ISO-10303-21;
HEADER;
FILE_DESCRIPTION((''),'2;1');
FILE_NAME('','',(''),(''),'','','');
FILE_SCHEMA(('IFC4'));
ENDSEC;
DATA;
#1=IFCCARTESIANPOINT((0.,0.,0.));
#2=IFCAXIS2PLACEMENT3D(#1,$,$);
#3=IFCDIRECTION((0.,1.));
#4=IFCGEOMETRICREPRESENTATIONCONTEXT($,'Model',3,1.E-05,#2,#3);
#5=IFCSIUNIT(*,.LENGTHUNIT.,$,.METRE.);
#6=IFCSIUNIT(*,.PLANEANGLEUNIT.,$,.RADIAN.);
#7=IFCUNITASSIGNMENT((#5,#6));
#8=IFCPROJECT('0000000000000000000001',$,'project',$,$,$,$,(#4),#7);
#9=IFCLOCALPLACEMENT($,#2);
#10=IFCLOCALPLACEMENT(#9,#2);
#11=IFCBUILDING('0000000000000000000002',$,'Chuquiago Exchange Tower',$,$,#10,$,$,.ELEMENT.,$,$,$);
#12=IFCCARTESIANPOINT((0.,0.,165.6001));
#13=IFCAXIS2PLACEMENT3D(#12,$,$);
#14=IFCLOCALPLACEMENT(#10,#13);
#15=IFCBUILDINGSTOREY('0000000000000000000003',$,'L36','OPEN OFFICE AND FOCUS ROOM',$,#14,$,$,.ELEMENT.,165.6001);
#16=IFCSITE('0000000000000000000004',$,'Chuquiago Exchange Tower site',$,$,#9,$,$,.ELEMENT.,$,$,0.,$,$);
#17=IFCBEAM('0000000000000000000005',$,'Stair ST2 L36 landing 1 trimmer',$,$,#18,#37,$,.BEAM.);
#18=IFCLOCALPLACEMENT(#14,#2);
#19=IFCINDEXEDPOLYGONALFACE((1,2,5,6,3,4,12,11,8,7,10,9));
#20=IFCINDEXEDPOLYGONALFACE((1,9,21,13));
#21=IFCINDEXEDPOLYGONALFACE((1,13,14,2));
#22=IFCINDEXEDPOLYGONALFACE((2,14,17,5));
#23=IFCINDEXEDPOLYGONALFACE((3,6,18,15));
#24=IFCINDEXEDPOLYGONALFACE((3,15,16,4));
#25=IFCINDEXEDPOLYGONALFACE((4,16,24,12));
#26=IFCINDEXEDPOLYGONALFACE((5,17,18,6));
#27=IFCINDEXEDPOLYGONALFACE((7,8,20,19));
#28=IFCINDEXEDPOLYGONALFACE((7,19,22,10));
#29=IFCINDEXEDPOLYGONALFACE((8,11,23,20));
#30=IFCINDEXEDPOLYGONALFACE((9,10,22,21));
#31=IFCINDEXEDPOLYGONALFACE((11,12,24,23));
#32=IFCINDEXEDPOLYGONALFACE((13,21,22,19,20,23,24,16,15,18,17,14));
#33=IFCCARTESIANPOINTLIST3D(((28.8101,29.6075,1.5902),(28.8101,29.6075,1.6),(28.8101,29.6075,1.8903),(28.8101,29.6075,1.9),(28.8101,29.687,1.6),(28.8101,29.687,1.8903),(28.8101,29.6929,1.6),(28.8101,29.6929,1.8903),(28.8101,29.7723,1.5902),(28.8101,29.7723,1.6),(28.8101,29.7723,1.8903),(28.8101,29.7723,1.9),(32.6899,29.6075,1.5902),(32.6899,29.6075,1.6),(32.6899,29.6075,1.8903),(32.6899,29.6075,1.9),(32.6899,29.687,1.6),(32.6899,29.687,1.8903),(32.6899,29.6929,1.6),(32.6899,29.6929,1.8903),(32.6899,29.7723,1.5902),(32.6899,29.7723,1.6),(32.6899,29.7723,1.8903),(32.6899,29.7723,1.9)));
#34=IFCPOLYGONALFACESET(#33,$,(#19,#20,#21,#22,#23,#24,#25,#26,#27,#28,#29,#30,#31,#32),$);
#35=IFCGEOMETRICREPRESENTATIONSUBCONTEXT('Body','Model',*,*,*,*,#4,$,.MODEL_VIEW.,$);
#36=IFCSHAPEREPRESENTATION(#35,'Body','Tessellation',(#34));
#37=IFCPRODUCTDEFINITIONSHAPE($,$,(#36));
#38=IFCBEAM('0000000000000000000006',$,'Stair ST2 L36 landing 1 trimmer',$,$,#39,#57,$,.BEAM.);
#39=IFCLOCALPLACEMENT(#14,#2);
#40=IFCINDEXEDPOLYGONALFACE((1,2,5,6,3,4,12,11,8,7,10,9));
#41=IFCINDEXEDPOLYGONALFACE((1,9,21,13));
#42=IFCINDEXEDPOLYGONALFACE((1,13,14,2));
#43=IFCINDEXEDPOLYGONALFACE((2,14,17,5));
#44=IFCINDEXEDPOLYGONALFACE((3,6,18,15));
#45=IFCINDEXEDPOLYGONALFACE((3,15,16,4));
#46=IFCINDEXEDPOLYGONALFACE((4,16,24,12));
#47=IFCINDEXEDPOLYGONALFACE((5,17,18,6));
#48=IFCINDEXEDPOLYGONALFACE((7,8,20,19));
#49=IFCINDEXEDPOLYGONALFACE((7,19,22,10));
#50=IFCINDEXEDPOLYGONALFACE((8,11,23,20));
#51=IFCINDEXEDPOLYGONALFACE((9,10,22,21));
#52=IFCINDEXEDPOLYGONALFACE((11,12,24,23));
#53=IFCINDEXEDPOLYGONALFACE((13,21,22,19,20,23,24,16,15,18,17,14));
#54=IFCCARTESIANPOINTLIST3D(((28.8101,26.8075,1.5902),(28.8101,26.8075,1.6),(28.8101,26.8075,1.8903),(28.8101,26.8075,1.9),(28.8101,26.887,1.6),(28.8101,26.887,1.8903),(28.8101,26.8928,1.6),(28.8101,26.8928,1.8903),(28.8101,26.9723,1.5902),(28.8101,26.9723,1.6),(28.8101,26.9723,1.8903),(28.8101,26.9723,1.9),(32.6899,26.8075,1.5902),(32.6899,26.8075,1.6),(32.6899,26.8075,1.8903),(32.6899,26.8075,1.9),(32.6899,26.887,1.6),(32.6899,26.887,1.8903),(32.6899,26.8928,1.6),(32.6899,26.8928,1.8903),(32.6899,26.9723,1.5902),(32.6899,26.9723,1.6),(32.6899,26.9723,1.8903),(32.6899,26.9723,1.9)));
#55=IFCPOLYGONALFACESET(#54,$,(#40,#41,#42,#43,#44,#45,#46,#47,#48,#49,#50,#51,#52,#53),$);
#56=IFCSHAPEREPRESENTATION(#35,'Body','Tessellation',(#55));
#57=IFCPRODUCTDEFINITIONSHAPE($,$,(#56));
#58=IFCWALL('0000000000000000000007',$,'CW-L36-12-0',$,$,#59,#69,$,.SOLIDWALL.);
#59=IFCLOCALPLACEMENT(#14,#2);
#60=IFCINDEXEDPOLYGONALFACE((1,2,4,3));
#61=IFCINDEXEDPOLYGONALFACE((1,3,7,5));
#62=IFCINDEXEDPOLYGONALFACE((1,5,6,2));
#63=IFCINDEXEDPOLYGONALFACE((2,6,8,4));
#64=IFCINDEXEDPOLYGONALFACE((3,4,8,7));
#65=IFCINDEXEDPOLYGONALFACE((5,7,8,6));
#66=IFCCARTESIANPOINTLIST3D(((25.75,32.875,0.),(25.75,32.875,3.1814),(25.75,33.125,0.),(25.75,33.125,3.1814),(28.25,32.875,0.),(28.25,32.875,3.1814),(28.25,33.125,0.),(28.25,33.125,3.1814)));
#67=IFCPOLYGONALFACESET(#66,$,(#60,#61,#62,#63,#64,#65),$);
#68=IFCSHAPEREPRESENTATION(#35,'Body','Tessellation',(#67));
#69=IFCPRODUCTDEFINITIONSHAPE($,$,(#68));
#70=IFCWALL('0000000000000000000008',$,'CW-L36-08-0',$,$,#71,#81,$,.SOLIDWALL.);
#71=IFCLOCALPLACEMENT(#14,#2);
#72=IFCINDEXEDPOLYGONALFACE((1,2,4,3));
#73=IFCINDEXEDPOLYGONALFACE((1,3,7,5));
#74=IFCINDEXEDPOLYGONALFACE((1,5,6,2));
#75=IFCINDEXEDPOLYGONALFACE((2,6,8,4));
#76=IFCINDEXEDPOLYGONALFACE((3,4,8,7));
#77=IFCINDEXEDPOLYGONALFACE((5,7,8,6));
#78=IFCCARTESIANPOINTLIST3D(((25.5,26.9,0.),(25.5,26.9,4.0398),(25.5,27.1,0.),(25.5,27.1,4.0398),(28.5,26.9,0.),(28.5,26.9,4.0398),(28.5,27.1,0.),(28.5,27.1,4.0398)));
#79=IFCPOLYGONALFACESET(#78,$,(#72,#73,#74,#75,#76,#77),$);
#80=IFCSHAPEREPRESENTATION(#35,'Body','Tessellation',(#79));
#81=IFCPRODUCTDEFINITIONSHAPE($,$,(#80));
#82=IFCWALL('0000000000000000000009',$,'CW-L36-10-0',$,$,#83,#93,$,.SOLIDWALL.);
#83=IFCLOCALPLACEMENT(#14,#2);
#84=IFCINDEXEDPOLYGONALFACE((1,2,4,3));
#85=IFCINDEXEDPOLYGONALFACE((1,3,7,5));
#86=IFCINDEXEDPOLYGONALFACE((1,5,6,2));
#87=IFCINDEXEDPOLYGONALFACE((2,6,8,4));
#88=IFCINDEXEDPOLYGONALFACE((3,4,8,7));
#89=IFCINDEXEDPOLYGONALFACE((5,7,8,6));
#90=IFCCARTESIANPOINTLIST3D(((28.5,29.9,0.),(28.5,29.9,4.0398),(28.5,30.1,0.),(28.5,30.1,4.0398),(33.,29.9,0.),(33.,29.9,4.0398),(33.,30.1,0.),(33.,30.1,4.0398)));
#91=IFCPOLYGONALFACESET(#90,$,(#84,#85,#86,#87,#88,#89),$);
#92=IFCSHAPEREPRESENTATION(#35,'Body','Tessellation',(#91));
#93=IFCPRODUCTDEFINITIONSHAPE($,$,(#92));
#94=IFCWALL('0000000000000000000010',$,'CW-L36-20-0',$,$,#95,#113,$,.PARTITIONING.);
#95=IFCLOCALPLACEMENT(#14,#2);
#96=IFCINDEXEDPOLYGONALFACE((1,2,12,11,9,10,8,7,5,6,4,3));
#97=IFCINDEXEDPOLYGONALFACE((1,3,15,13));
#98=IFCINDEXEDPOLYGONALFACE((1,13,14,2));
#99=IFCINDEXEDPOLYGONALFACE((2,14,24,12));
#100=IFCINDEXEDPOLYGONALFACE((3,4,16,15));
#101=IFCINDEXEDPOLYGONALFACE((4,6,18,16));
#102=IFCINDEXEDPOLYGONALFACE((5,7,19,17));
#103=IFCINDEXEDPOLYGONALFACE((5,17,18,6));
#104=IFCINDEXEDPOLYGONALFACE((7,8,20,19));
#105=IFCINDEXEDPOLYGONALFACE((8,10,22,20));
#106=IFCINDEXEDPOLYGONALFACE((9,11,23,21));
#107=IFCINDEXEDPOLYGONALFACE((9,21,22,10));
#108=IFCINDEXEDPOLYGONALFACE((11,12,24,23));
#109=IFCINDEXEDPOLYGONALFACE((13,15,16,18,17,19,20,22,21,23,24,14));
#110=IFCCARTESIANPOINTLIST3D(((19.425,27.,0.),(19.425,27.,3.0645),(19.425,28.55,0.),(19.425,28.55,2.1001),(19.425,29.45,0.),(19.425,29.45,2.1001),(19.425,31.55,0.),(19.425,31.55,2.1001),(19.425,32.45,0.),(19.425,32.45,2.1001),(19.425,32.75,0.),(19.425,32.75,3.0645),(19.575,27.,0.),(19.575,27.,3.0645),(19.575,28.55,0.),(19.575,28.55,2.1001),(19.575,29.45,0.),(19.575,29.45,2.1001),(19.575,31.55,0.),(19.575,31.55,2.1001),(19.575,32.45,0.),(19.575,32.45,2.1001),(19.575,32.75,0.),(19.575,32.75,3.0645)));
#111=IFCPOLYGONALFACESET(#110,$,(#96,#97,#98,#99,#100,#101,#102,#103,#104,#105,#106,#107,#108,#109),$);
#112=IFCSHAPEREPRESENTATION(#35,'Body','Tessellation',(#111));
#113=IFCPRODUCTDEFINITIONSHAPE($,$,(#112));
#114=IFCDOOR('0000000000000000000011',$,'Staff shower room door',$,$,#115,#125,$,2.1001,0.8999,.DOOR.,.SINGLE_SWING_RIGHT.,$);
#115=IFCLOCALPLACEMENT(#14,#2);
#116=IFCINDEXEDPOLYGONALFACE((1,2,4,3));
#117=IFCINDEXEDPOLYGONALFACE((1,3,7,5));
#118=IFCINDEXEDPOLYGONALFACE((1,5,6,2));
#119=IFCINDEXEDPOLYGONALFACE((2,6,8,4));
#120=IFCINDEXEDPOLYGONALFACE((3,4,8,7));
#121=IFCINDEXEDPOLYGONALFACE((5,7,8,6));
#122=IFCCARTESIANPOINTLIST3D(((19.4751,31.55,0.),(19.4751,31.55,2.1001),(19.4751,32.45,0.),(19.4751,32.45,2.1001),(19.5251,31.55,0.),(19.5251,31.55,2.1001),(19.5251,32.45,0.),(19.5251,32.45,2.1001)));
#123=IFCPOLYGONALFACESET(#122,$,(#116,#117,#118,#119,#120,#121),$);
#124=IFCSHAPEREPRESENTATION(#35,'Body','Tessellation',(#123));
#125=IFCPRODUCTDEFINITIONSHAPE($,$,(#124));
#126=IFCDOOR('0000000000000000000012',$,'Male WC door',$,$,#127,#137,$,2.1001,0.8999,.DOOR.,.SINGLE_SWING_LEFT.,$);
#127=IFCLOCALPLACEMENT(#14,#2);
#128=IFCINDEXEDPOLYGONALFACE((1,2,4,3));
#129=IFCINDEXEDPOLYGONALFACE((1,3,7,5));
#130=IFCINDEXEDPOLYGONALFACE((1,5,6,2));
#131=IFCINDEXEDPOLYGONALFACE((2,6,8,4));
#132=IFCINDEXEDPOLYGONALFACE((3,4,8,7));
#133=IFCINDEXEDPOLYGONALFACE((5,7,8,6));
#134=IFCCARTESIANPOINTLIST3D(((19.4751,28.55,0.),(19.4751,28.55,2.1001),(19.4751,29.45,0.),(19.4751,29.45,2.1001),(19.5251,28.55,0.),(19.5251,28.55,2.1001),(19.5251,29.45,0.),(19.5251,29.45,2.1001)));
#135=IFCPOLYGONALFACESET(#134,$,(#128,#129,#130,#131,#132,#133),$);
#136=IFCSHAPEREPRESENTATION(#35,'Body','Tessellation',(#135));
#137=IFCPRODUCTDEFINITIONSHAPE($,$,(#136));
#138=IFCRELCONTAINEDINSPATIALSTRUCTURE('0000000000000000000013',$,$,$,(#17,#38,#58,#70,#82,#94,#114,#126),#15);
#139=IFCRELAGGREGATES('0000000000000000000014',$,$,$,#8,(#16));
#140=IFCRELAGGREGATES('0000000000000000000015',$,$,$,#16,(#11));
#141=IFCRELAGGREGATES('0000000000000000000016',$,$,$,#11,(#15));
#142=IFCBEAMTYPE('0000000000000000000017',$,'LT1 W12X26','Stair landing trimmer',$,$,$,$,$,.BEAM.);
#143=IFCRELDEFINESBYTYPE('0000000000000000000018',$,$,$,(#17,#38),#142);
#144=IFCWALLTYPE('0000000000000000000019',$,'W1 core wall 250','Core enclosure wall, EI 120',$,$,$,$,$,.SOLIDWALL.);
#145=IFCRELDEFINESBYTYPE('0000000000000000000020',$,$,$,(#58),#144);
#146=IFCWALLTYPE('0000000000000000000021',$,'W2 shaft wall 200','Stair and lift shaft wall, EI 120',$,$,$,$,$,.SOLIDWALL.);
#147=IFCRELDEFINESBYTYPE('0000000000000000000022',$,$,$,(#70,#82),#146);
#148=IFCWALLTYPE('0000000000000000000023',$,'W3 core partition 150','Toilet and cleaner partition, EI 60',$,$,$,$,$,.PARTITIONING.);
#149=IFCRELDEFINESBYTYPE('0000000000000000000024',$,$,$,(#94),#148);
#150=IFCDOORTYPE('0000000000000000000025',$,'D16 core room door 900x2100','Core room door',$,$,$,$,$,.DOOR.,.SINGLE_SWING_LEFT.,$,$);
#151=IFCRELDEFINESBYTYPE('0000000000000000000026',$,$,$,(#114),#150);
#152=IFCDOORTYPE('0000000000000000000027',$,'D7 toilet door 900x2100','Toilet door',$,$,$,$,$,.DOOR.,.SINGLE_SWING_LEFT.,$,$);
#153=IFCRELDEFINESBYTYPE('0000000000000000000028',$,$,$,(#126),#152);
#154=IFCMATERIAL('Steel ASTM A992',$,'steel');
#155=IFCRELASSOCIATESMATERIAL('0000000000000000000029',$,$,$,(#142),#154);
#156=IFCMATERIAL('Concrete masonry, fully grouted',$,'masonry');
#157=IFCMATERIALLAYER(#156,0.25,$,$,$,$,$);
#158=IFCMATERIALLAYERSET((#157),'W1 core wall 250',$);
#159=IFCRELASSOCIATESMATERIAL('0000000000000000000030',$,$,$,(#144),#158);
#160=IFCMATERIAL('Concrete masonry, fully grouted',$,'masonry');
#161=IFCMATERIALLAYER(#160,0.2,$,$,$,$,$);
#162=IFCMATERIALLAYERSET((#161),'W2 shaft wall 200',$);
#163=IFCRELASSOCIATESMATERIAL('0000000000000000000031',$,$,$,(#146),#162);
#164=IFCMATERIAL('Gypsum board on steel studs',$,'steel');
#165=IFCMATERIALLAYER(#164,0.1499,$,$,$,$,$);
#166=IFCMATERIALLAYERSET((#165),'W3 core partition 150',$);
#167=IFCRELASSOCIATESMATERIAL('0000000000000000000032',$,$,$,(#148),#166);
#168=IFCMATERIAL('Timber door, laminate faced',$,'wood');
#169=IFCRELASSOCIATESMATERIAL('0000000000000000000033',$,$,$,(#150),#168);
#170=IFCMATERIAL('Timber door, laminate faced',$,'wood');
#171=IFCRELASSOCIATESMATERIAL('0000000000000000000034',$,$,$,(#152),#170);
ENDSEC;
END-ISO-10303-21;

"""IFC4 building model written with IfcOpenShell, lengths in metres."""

from ifc_helpers import new_model, si_unit, direction, frame, frame_2d, origin, origin_2d, place, context, subcontext, project, spatial, rectangle, i_section, extrude, material, layer, layer_set, material_profile, profile_set, type_object, element, fill, save


model = new_model("IFC4")

# Units and contexts
model_context = context("Model", 3, precision=1e-05, world=origin(), true_north=direction((0.0, 1.0)))
body_context = subcontext(model_context, "Body", "Model", "MODEL_VIEW")
ifc_project = project(units=[si_unit("LENGTHUNIT", "METRE"), si_unit("PLANEANGLEUNIT", "RADIAN")], contexts=[model_context])

# Site, building, storey
site_placement = place(None, origin())
site = spatial("IfcSite", under=ifc_project, at=site_placement, Name="Chuquiago Exchange Tower site", CompositionType="ELEMENT", RefElevation=0.0)
building_placement = place(site_placement, origin())
building = spatial("IfcBuilding", under=site, at=building_placement, Name="Chuquiago Exchange Tower", CompositionType="ELEMENT")
storey_placement = place(building_placement, frame((0.0, 0.0, 165.6001)))
storey = spatial("IfcBuildingStorey", under=building, at=storey_placement, Name="L36", Description="OPEN OFFICE AND FOCUS ROOM", CompositionType="ELEMENT", Elevation=165.6001)

# Beams
ifc_material_1 = material(Name="Steel ASTM A992", Category="steel")
ifc_material_profile_1 = material_profile(ifc_material_1, i_section(OverallWidth=0.1648, OverallDepth=0.3098, WebThickness=0.0059, FlangeThickness=0.0098, at=origin_2d()), Name="W12X26")
ifc_profile_set_1 = profile_set([ifc_material_profile_1], Name="Steel ASTM A992")
beam_type_1 = type_object("IfcBeamType", Name="LT1 W12X26", Description="Stair landing trimmer", PredefinedType="BEAM", material=ifc_profile_set_1)
for number, where, z_axis, x_axis, name in (
    (1, (28.8101, 29.6899, 1.7451), (1.0, 0.0, 0.0), (0.0, 1.0, 0.0), "Stair ST2 L36 landing 1 trimmer"),
    (2, (28.8101, 26.8899, 1.7451), (1.0, 0.0, 0.0), (0.0, 1.0, 0.0), "Stair ST2 L36 landing 1 trimmer"),
):
    element("IfcBeam", number, at=place(storey_placement, frame(where, z_axis=z_axis, x_axis=x_axis)), inside=storey, type_object=beam_type_1, Name=name, PredefinedType="BEAM", context=body_context, shape_type="SweptSolid", body=[
        extrude(i_section(OverallWidth=0.1648, OverallDepth=0.3098, WebThickness=0.0059, FlangeThickness=0.0098, at=origin_2d()), origin(), (0.0, 0.0, 1.0), 3.8799),
    ])

# Walls
ifc_material_2 = material(Name="Concrete masonry, fully grouted", Category="masonry")
ifc_layer_1 = layer(ifc_material_2, 0.25)
ifc_layer_set_1 = layer_set([ifc_layer_1], Name="W1 core wall 250")
wall_type_1 = type_object("IfcWallType", Name="W1 core wall 250", Description="Core enclosure wall, EI 120", PredefinedType="SOLIDWALL", material=ifc_layer_set_1)
wall_1_placement = place(storey_placement, frame((25.75, 33.0, 0.0), z_axis=(0.0, 0.0, 1.0), x_axis=(1.0, 0.0, 0.0)))
element("IfcWall", 3, at=wall_1_placement, inside=storey, type_object=wall_type_1, Name="CW-L36-12-0", PredefinedType="SOLIDWALL", context=body_context, shape_type="SweptSolid", body=[
    extrude(rectangle(XDim=2.5, YDim=0.25, at=frame_2d((1.25, 0.0))), origin(), (0.0, 0.0, 1.0), 3.1814),
])
ifc_material_3 = material(Name="Concrete masonry, fully grouted", Category="masonry")
ifc_layer_2 = layer(ifc_material_3, 0.2)
ifc_layer_set_2 = layer_set([ifc_layer_2], Name="W2 shaft wall 200")
wall_type_2 = type_object("IfcWallType", Name="W2 shaft wall 200", Description="Stair and lift shaft wall, EI 120", PredefinedType="SOLIDWALL", material=ifc_layer_set_2)
wall_2_placement = place(storey_placement, frame((25.5, 27.0, 0.0), z_axis=(0.0, 0.0, 1.0), x_axis=(1.0, 0.0, 0.0)))
element("IfcWall", 4, at=wall_2_placement, inside=storey, type_object=wall_type_2, Name="CW-L36-08-0", PredefinedType="SOLIDWALL", context=body_context, shape_type="SweptSolid", body=[
    extrude(rectangle(XDim=3.0, YDim=0.2, at=frame_2d((1.5, 0.0))), origin(), (0.0, 0.0, 1.0), 4.0398),
])
wall_3_placement = place(storey_placement, frame((28.5, 30.0, 0.0), z_axis=(0.0, 0.0, 1.0), x_axis=(1.0, 0.0, 0.0)))
element("IfcWall", 5, at=wall_3_placement, inside=storey, type_object=wall_type_2, Name="CW-L36-10-0", PredefinedType="SOLIDWALL", context=body_context, shape_type="SweptSolid", body=[
    extrude(rectangle(XDim=4.5, YDim=0.2, at=frame_2d((2.25, 0.0))), origin(), (0.0, 0.0, 1.0), 4.0398),
])

# Wall, openings, doors
ifc_material_4 = material(Name="Gypsum board on steel studs", Category="steel")
ifc_layer_3 = layer(ifc_material_4, 0.1499)
ifc_layer_set_3 = layer_set([ifc_layer_3], Name="W3 core partition 150")
wall_type_3 = type_object("IfcWallType", Name="W3 core partition 150", Description="Toilet and cleaner partition, EI 60", PredefinedType="PARTITIONING", material=ifc_layer_set_3)
wall_4_placement = place(storey_placement, frame((19.5, 27.0, 0.0), z_axis=(0.0, 0.0, 1.0), x_axis=(0.0, 1.0, 0.0)))
wall_4 = element("IfcWall", 6, at=wall_4_placement, inside=storey, type_object=wall_type_3, Name="CW-L36-20-0", PredefinedType="PARTITIONING", context=body_context, shape_type="SweptSolid", body=[
    extrude(rectangle(XDim=5.75, YDim=0.1499, at=frame_2d((2.875, 0.0))), origin(), (0.0, 0.0, 1.0), 3.0645),
])
opening_1_placement = place(wall_4_placement, frame((1.55, 0.0, 0.0)))
opening_1 = element("IfcOpeningElement", 7, at=opening_1_placement, cuts=wall_4, PredefinedType="OPENING", context=body_context, shape_type="SweptSolid", body=[
    extrude(rectangle(XDim=0.8999, YDim=2.1001, at=frame_2d((0.45, 1.05))), frame((0.0, 0.085, 0.0), z_axis=(0.0, -1.0, 0.0), x_axis=(1.0, 0.0, 0.0)), (0.0, 0.0, 1.0), 0.1699),
])
opening_2_placement = place(wall_4_placement, frame((4.55, 0.0, 0.0)))
opening_2 = element("IfcOpeningElement", 8, at=opening_2_placement, cuts=wall_4, PredefinedType="OPENING", context=body_context, shape_type="SweptSolid", body=[
    extrude(rectangle(XDim=0.8999, YDim=2.1001, at=frame_2d((0.45, 1.05))), frame((0.0, 0.085, 0.0), z_axis=(0.0, -1.0, 0.0), x_axis=(1.0, 0.0, 0.0)), (0.0, 0.0, 1.0), 0.1699),
])
ifc_material_5 = material(Name="Timber door, laminate faced", Category="wood")
door_type_1 = type_object("IfcDoorType", Name="D16 core room door 900x2100", Description="Core room door", OperationType="SINGLE_SWING_LEFT", PredefinedType="DOOR", material=ifc_material_5)
door_1_placement = place(opening_2_placement, origin())
door_1 = element("IfcDoor", 9, at=door_1_placement, inside=storey, type_object=door_type_1, Name="Staff shower room door", OperationType="SINGLE_SWING_RIGHT", OverallHeight=2.1001, OverallWidth=0.8999, PredefinedType="DOOR", context=body_context, shape_type="SweptSolid", body=[
    extrude(rectangle(XDim=0.8999, YDim=2.1001, at=frame_2d((0.45, 1.05))), frame((0.0, 0.0249, 0.0), z_axis=(0.0, -1.0, 0.0), x_axis=(1.0, 0.0, 0.0)), (0.0, 0.0, 1.0), 0.05),
])
fill(opening_2, door_1)
ifc_material_6 = material(Name="Timber door, laminate faced", Category="wood")
door_type_2 = type_object("IfcDoorType", Name="D7 toilet door 900x2100", Description="Toilet door", OperationType="SINGLE_SWING_LEFT", PredefinedType="DOOR", material=ifc_material_6)
door_2_placement = place(opening_1_placement, origin())
door_2 = element("IfcDoor", 10, at=door_2_placement, inside=storey, type_object=door_type_2, Name="Male WC door", OperationType="SINGLE_SWING_LEFT", OverallHeight=2.1001, OverallWidth=0.8999, PredefinedType="DOOR", context=body_context, shape_type="SweptSolid", body=[
    extrude(rectangle(XDim=0.8999, YDim=2.1001, at=frame_2d((0.45, 1.05))), frame((0.0, 0.0249, 0.0), z_axis=(0.0, -1.0, 0.0), x_axis=(1.0, 0.0, 0.0)), (0.0, 0.0, 1.0), 0.05),
])
fill(opening_1, door_2)

save(model, "model.ifc")
